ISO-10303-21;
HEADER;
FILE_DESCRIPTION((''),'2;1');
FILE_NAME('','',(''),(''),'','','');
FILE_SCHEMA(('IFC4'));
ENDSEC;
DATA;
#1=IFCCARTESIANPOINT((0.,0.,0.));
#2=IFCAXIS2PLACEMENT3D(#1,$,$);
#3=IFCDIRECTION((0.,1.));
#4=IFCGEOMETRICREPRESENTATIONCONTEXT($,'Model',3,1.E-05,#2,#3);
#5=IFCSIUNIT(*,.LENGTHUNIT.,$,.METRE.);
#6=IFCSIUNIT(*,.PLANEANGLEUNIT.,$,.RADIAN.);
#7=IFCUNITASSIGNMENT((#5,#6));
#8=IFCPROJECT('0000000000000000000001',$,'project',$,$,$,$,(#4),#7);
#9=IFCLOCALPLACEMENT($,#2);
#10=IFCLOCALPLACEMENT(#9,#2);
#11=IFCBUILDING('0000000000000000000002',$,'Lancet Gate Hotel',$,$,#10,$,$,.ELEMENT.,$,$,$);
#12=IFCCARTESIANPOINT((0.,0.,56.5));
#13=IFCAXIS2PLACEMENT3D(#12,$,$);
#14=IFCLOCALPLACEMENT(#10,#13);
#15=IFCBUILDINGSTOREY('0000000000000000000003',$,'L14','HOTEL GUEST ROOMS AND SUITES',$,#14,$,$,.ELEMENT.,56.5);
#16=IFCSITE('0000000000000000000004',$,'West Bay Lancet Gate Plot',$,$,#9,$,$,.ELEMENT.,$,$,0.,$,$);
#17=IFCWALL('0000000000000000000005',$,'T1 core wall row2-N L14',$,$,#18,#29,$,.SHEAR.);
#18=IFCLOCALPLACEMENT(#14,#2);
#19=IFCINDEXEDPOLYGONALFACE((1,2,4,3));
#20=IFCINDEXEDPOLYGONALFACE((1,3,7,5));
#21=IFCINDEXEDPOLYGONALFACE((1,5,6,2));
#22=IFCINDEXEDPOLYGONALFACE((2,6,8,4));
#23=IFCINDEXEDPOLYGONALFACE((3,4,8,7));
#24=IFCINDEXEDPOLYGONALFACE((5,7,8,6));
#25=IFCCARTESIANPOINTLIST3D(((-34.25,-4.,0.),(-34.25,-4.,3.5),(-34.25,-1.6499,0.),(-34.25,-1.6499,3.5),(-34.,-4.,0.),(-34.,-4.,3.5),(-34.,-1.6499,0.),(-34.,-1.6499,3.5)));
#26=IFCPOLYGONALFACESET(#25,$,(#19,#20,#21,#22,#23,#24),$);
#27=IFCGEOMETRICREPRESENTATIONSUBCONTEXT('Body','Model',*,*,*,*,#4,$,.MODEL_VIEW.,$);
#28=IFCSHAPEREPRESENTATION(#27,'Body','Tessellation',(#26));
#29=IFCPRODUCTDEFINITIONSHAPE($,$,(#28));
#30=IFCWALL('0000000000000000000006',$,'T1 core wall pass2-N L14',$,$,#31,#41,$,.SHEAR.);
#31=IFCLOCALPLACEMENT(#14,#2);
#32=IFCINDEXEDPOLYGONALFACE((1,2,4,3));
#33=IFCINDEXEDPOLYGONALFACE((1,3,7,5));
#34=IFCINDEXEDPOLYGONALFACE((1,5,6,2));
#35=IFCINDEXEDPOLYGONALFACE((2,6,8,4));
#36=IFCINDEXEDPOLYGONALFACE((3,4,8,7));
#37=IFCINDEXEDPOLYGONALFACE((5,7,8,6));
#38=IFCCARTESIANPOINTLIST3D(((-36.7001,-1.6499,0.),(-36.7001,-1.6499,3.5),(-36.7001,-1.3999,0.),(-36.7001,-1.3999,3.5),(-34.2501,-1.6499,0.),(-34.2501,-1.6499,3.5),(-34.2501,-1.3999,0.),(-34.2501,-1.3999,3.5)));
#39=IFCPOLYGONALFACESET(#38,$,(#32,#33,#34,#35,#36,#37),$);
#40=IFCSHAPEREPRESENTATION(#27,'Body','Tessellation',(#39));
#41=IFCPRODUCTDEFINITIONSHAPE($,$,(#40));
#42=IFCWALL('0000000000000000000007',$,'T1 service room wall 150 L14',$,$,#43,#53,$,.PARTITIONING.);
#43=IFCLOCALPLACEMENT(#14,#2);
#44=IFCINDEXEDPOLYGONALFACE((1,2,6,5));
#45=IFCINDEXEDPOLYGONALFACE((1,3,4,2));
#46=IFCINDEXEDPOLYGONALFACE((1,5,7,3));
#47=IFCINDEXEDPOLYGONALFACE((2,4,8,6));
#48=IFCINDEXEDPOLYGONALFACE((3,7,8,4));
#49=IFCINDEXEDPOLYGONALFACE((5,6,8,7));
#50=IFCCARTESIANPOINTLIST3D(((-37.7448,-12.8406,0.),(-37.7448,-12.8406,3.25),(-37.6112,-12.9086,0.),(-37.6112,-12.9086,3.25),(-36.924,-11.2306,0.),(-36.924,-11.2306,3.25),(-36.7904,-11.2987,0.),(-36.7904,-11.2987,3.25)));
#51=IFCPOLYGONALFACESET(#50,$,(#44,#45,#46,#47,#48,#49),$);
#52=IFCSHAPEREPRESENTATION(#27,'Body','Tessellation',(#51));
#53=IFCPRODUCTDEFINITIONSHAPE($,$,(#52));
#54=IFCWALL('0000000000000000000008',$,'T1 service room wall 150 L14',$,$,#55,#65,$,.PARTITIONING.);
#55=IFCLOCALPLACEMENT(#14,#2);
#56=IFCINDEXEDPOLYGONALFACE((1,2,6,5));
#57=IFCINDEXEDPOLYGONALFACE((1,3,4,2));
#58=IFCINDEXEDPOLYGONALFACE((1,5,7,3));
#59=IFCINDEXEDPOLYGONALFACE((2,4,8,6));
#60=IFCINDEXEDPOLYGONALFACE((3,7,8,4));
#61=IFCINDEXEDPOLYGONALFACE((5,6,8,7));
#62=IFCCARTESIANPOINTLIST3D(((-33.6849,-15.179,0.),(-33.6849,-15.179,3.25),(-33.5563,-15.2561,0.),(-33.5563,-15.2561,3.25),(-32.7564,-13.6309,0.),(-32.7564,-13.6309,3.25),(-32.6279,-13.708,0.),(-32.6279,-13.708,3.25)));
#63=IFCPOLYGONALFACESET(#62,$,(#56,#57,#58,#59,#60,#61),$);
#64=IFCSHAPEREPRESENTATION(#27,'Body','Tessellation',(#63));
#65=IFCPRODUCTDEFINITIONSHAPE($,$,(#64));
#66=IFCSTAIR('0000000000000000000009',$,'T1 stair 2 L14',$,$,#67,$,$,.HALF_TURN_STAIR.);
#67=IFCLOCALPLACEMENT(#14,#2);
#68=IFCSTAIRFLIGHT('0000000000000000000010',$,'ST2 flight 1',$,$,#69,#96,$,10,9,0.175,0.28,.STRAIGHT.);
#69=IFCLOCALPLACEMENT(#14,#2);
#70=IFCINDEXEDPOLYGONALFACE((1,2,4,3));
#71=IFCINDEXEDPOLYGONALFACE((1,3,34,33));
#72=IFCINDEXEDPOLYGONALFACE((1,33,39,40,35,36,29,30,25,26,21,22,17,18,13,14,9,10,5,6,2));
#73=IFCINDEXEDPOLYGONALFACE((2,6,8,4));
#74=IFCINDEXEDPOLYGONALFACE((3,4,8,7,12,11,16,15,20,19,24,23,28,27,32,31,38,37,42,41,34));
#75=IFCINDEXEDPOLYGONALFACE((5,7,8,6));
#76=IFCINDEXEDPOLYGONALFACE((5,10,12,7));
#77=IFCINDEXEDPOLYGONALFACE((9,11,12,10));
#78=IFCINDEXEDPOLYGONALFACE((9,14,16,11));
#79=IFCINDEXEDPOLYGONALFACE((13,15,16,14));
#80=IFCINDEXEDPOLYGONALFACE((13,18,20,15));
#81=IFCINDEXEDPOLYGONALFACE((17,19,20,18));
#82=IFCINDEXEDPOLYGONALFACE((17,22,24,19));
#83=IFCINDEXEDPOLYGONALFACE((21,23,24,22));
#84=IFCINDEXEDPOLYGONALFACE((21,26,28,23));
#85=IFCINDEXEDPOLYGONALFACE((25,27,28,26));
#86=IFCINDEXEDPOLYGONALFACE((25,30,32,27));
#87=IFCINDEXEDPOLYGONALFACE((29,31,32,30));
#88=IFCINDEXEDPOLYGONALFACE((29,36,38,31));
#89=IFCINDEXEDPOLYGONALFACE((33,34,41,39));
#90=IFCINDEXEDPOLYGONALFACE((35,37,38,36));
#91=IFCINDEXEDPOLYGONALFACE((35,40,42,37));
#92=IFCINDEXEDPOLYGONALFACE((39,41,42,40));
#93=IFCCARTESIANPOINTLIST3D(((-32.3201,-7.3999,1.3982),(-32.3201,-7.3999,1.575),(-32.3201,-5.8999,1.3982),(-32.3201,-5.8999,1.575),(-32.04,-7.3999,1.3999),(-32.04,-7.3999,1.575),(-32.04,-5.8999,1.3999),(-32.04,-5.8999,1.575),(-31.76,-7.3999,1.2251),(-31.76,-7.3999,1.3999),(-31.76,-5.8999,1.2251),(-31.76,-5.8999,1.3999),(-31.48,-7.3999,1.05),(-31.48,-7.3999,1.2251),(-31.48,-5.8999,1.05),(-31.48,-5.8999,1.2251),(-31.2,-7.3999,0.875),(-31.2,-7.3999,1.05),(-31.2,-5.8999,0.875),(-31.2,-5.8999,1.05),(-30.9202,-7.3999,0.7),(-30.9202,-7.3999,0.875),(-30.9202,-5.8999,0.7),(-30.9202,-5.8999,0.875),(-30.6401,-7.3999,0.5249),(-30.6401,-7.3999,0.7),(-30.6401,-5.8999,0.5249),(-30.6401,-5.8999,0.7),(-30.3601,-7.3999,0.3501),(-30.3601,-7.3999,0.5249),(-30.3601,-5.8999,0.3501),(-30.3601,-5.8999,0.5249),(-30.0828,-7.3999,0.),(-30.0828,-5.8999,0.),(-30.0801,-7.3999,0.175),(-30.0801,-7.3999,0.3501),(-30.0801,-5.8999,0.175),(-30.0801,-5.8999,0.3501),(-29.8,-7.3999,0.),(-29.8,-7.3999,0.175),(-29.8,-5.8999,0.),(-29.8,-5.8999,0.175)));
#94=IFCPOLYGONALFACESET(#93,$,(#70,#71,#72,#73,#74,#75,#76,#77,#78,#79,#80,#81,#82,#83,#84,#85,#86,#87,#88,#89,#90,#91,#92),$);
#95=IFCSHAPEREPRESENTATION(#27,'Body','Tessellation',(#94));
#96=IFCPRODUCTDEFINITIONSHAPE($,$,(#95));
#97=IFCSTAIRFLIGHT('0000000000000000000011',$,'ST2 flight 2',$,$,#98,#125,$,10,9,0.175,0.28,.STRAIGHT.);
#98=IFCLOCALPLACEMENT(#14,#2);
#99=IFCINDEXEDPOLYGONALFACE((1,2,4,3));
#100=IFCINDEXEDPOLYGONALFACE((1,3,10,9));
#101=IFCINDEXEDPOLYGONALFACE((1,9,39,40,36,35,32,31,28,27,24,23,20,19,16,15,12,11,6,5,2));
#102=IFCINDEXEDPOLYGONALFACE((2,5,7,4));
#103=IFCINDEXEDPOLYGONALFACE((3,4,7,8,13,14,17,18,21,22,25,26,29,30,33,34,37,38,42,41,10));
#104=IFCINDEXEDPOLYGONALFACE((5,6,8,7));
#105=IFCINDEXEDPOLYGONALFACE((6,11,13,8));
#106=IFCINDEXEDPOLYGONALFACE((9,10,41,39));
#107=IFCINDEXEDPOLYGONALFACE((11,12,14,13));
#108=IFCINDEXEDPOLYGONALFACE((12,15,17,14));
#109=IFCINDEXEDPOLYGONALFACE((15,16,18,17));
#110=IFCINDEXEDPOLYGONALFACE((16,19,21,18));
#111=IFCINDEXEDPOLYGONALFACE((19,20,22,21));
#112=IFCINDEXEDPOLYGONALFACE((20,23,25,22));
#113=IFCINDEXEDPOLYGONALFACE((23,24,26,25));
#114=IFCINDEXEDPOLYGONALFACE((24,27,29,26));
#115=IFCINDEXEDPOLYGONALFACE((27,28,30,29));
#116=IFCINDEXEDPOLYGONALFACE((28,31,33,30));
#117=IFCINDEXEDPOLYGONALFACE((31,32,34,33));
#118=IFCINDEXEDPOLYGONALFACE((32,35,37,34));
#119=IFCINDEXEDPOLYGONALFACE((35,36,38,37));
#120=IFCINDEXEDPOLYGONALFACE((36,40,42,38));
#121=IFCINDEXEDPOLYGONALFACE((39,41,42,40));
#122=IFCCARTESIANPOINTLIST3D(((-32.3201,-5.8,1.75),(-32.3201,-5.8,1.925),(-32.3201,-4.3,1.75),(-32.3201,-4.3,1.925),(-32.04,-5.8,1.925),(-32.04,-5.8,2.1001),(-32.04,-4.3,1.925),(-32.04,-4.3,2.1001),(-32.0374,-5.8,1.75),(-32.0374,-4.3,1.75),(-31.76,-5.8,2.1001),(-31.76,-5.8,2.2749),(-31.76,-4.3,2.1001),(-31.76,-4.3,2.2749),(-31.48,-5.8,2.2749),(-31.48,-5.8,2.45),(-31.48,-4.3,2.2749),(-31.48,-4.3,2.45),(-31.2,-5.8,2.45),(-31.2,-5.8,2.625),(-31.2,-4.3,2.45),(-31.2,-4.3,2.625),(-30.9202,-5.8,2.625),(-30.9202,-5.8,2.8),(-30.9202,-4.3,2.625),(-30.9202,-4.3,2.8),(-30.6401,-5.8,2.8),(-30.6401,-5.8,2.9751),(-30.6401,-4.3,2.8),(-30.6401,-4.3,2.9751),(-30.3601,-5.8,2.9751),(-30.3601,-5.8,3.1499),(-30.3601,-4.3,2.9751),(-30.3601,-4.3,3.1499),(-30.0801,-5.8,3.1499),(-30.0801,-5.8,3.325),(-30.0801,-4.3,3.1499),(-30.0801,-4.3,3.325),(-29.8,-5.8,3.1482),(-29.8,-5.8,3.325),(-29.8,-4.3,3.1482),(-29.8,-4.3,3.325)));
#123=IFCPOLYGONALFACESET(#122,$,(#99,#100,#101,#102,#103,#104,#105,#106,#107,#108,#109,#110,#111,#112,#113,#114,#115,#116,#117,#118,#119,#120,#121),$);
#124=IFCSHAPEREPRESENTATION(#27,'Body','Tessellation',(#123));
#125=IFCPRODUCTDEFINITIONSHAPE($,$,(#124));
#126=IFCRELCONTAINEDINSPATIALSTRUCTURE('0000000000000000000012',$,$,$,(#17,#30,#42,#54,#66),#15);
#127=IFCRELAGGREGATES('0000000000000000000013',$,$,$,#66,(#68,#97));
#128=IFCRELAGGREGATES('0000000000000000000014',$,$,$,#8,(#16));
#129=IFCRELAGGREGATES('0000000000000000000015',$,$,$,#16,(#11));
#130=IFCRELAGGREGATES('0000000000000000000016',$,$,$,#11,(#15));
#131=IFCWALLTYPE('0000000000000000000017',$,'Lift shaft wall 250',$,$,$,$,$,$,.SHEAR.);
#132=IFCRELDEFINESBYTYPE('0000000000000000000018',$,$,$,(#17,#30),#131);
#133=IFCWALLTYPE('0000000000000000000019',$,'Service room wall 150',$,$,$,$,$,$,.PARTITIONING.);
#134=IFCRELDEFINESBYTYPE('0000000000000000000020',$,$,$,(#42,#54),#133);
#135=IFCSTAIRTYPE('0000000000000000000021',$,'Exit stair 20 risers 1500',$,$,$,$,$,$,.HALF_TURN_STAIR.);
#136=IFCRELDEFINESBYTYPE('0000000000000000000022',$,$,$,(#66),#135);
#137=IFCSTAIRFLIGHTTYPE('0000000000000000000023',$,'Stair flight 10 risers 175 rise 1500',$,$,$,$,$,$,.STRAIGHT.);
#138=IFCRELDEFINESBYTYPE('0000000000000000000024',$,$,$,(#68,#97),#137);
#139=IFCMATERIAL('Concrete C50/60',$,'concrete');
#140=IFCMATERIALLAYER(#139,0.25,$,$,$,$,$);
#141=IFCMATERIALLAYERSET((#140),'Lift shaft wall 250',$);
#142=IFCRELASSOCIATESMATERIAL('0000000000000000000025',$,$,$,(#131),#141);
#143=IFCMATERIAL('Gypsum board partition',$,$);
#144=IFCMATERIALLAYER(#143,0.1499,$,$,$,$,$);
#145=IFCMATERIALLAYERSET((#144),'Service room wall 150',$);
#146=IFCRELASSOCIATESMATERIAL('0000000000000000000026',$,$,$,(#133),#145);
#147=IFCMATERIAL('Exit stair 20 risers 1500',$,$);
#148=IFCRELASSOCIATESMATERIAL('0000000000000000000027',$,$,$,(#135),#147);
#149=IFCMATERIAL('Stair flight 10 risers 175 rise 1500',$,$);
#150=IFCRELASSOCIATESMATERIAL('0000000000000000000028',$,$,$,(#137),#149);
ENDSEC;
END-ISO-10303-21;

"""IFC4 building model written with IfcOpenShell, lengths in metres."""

from ifc_helpers import new_model, si_unit, direction, frame, frame_2d, origin, place, context, subcontext, project, spatial, polyline, rectangle, outline, extrude, material, layer, layer_set, type_object, element, aggregate, save


model = new_model("IFC4")

# Units and contexts
model_context = context("Model", 3, precision=1e-05, world=origin(), true_north=direction((0.0, 1.0)))
body_context = subcontext(model_context, "Body", "Model", "MODEL_VIEW")
ifc_project = project(units=[si_unit("LENGTHUNIT", "METRE"), si_unit("PLANEANGLEUNIT", "RADIAN")], contexts=[model_context])

# Site, building, storey
site_placement = place(None, origin())
site = spatial("IfcSite", under=ifc_project, at=site_placement, Name="West Bay Lancet Gate Plot", CompositionType="ELEMENT", RefElevation=0.0)
building_placement = place(site_placement, origin())
building = spatial("IfcBuilding", under=site, at=building_placement, Name="Lancet Gate Hotel", CompositionType="ELEMENT")
storey_placement = place(building_placement, frame((0.0, 0.0, 56.5)))
storey = spatial("IfcBuildingStorey", under=building, at=storey_placement, Name="L14", Description="HOTEL GUEST ROOMS AND SUITES", CompositionType="ELEMENT", Elevation=56.5)

# Shared definitions
ifc_material_1 = material(Name="Concrete C50/60", Category="concrete")
ifc_layer_1 = layer(ifc_material_1, 0.25)
ifc_layer_set_1 = layer_set([ifc_layer_1], Name="Lift shaft wall 250")
wall_type_1 = type_object("IfcWallType", Name="Lift shaft wall 250", PredefinedType="SHEAR", material=ifc_layer_set_1)

# Walls
wall_1_placement = place(storey_placement, frame((-34.125, -1.6499, 0.0), z_axis=(0.0, 0.0, 1.0), x_axis=(0.0, -1.0, 0.0)))
element("IfcWall", 1, at=wall_1_placement, inside=storey, type_object=wall_type_1, Name="T1 core wall row2-N L14", PredefinedType="SHEAR", context=body_context, shape_type="SweptSolid", body=[
    extrude(rectangle(XDim=2.3501, YDim=0.25, at=frame_2d((1.175, 0.0))), origin(), (0.0, 0.0, 1.0), 3.5),
])
wall_2_placement = place(storey_placement, frame((-34.25, -1.5249, 0.0), z_axis=(0.0, 0.0, 1.0), x_axis=(-1.0, 0.0, 0.0)))
element("IfcWall", 2, at=wall_2_placement, inside=storey, type_object=wall_type_1, Name="T1 core wall pass2-N L14", PredefinedType="SHEAR", context=body_context, shape_type="SweptSolid", body=[
    extrude(rectangle(XDim=2.45, YDim=0.25, at=frame_2d((1.2251, 0.0))), origin(), (0.0, 0.0, 1.0), 3.5),
])
ifc_material_2 = material(Name="Gypsum board partition")
ifc_layer_2 = layer(ifc_material_2, 0.1499)
ifc_layer_set_2 = layer_set([ifc_layer_2], Name="Service room wall 150")
wall_type_2 = type_object("IfcWallType", Name="Service room wall 150", PredefinedType="PARTITIONING", material=ifc_layer_set_2)
wall_3_placement = place(storey_placement, frame((-36.8572, -11.2646, 0.0), z_axis=(0.0, 0.0, 1.0), x_axis=(-0.454225, -0.890887, 0.0)))
element("IfcWall", 3, at=wall_3_placement, inside=storey, type_object=wall_type_2, Name="T1 service room wall 150 L14", PredefinedType="PARTITIONING", context=body_context, shape_type="SweptSolid", body=[
    extrude(rectangle(XDim=1.8071, YDim=0.1499, at=frame_2d((0.9036, 0.0))), origin(), (0.0, 0.0, 1.0), 3.25),
])
wall_4_placement = place(storey_placement, frame((-33.6206, -15.2175, 0.0), z_axis=(0.0, 0.0, 1.0), x_axis=(0.514337, 0.857588, 0.0)))
element("IfcWall", 4, at=wall_4_placement, inside=storey, type_object=wall_type_2, Name="T1 service room wall 150 L14", PredefinedType="PARTITIONING", context=body_context, shape_type="SweptSolid", body=[
    extrude(rectangle(XDim=1.8052, YDim=0.1499, at=frame_2d((0.9026, 0.0))), origin(), (0.0, 0.0, 1.0), 3.25),
])

# Stair, stair flights
ifc_material_3 = material(Name="Exit stair 20 risers 1500")
stair_type = type_object("IfcStairType", Name="Exit stair 20 risers 1500", PredefinedType="HALF_TURN_STAIR", material=ifc_material_3)
stair_placement = place(storey_placement, origin())
stair = element("IfcStair", 5, at=stair_placement, inside=storey, type_object=stair_type, Name="T1 stair 2 L14", PredefinedType="HALF_TURN_STAIR")
ifc_material_4 = material(Name="Stair flight 10 risers 175 rise 1500")
stair_flight_type = type_object("IfcStairFlightType", Name="Stair flight 10 risers 175 rise 1500", PredefinedType="STRAIGHT", material=ifc_material_4)
stair_flight_1_placement = place(storey_placement, frame((-29.8, -6.6499, 0.0), z_axis=(0.0, 0.0, 1.0), x_axis=(-1.0, 0.0, 0.0)))
stair_flight_1 = element("IfcStairFlight", 6, at=stair_flight_1_placement, type_object=stair_flight_type, Name="ST2 flight 1", NumberOfRisers=10, NumberOfTreads=9, PredefinedType="STRAIGHT", RiserHeight=0.175, TreadLength=0.28, context=body_context, shape_type="SweptSolid", body=[
    extrude(outline(polyline([(0.0, 0.0), (0.0, 0.175), (0.28, 0.175), (0.28, 0.3501), (0.5601, 0.3501), (0.5601, 0.5249), (0.8401, 0.5249), (0.8401, 0.7), (1.1201, 0.7), (1.1201, 0.875), (1.3999, 0.875), (1.3999, 1.05), (1.6799, 1.05), (1.6799, 1.2251), (1.96, 1.2251), (1.96, 1.3999), (2.24, 1.3999), (2.24, 1.575), (2.52, 1.575), (2.52, 1.75), (2.52, 1.3982), (0.2827, 0.0), (0.0, 0.0)])), frame((0.0, 0.75, 0.0), z_axis=(0.0, -1.0, 0.0), x_axis=(1.0, 0.0, 0.0)), (0.0, 0.0, 1.0), 1.5),
])
stair_flight_2_placement = place(storey_placement, frame((-32.3201, -5.05, 1.75), z_axis=(0.0, 0.0, 1.0), x_axis=(1.0, 0.0, 0.0)))
stair_flight_2 = element("IfcStairFlight", 7, at=stair_flight_2_placement, type_object=stair_flight_type, Name="ST2 flight 2", NumberOfRisers=10, NumberOfTreads=9, PredefinedType="STRAIGHT", RiserHeight=0.175, TreadLength=0.28, context=body_context, shape_type="SweptSolid", body=[
    extrude(outline(polyline([(0.0, 0.0), (0.0, 0.175), (0.28, 0.175), (0.28, 0.3501), (0.5601, 0.3501), (0.5601, 0.5249), (0.8401, 0.5249), (0.8401, 0.7), (1.1201, 0.7), (1.1201, 0.875), (1.3999, 0.875), (1.3999, 1.05), (1.6799, 1.05), (1.6799, 1.2251), (1.96, 1.2251), (1.96, 1.3999), (2.24, 1.3999), (2.24, 1.575), (2.52, 1.575), (2.52, 1.75), (2.52, 1.3982), (0.2827, 0.0), (0.0, 0.0)])), frame((0.0, 0.75, 0.0), z_axis=(0.0, -1.0, 0.0), x_axis=(1.0, 0.0, 0.0)), (0.0, 0.0, 1.0), 1.5),
])
aggregate(stair, [stair_flight_1, stair_flight_2])

save(model, "model.ifc")
